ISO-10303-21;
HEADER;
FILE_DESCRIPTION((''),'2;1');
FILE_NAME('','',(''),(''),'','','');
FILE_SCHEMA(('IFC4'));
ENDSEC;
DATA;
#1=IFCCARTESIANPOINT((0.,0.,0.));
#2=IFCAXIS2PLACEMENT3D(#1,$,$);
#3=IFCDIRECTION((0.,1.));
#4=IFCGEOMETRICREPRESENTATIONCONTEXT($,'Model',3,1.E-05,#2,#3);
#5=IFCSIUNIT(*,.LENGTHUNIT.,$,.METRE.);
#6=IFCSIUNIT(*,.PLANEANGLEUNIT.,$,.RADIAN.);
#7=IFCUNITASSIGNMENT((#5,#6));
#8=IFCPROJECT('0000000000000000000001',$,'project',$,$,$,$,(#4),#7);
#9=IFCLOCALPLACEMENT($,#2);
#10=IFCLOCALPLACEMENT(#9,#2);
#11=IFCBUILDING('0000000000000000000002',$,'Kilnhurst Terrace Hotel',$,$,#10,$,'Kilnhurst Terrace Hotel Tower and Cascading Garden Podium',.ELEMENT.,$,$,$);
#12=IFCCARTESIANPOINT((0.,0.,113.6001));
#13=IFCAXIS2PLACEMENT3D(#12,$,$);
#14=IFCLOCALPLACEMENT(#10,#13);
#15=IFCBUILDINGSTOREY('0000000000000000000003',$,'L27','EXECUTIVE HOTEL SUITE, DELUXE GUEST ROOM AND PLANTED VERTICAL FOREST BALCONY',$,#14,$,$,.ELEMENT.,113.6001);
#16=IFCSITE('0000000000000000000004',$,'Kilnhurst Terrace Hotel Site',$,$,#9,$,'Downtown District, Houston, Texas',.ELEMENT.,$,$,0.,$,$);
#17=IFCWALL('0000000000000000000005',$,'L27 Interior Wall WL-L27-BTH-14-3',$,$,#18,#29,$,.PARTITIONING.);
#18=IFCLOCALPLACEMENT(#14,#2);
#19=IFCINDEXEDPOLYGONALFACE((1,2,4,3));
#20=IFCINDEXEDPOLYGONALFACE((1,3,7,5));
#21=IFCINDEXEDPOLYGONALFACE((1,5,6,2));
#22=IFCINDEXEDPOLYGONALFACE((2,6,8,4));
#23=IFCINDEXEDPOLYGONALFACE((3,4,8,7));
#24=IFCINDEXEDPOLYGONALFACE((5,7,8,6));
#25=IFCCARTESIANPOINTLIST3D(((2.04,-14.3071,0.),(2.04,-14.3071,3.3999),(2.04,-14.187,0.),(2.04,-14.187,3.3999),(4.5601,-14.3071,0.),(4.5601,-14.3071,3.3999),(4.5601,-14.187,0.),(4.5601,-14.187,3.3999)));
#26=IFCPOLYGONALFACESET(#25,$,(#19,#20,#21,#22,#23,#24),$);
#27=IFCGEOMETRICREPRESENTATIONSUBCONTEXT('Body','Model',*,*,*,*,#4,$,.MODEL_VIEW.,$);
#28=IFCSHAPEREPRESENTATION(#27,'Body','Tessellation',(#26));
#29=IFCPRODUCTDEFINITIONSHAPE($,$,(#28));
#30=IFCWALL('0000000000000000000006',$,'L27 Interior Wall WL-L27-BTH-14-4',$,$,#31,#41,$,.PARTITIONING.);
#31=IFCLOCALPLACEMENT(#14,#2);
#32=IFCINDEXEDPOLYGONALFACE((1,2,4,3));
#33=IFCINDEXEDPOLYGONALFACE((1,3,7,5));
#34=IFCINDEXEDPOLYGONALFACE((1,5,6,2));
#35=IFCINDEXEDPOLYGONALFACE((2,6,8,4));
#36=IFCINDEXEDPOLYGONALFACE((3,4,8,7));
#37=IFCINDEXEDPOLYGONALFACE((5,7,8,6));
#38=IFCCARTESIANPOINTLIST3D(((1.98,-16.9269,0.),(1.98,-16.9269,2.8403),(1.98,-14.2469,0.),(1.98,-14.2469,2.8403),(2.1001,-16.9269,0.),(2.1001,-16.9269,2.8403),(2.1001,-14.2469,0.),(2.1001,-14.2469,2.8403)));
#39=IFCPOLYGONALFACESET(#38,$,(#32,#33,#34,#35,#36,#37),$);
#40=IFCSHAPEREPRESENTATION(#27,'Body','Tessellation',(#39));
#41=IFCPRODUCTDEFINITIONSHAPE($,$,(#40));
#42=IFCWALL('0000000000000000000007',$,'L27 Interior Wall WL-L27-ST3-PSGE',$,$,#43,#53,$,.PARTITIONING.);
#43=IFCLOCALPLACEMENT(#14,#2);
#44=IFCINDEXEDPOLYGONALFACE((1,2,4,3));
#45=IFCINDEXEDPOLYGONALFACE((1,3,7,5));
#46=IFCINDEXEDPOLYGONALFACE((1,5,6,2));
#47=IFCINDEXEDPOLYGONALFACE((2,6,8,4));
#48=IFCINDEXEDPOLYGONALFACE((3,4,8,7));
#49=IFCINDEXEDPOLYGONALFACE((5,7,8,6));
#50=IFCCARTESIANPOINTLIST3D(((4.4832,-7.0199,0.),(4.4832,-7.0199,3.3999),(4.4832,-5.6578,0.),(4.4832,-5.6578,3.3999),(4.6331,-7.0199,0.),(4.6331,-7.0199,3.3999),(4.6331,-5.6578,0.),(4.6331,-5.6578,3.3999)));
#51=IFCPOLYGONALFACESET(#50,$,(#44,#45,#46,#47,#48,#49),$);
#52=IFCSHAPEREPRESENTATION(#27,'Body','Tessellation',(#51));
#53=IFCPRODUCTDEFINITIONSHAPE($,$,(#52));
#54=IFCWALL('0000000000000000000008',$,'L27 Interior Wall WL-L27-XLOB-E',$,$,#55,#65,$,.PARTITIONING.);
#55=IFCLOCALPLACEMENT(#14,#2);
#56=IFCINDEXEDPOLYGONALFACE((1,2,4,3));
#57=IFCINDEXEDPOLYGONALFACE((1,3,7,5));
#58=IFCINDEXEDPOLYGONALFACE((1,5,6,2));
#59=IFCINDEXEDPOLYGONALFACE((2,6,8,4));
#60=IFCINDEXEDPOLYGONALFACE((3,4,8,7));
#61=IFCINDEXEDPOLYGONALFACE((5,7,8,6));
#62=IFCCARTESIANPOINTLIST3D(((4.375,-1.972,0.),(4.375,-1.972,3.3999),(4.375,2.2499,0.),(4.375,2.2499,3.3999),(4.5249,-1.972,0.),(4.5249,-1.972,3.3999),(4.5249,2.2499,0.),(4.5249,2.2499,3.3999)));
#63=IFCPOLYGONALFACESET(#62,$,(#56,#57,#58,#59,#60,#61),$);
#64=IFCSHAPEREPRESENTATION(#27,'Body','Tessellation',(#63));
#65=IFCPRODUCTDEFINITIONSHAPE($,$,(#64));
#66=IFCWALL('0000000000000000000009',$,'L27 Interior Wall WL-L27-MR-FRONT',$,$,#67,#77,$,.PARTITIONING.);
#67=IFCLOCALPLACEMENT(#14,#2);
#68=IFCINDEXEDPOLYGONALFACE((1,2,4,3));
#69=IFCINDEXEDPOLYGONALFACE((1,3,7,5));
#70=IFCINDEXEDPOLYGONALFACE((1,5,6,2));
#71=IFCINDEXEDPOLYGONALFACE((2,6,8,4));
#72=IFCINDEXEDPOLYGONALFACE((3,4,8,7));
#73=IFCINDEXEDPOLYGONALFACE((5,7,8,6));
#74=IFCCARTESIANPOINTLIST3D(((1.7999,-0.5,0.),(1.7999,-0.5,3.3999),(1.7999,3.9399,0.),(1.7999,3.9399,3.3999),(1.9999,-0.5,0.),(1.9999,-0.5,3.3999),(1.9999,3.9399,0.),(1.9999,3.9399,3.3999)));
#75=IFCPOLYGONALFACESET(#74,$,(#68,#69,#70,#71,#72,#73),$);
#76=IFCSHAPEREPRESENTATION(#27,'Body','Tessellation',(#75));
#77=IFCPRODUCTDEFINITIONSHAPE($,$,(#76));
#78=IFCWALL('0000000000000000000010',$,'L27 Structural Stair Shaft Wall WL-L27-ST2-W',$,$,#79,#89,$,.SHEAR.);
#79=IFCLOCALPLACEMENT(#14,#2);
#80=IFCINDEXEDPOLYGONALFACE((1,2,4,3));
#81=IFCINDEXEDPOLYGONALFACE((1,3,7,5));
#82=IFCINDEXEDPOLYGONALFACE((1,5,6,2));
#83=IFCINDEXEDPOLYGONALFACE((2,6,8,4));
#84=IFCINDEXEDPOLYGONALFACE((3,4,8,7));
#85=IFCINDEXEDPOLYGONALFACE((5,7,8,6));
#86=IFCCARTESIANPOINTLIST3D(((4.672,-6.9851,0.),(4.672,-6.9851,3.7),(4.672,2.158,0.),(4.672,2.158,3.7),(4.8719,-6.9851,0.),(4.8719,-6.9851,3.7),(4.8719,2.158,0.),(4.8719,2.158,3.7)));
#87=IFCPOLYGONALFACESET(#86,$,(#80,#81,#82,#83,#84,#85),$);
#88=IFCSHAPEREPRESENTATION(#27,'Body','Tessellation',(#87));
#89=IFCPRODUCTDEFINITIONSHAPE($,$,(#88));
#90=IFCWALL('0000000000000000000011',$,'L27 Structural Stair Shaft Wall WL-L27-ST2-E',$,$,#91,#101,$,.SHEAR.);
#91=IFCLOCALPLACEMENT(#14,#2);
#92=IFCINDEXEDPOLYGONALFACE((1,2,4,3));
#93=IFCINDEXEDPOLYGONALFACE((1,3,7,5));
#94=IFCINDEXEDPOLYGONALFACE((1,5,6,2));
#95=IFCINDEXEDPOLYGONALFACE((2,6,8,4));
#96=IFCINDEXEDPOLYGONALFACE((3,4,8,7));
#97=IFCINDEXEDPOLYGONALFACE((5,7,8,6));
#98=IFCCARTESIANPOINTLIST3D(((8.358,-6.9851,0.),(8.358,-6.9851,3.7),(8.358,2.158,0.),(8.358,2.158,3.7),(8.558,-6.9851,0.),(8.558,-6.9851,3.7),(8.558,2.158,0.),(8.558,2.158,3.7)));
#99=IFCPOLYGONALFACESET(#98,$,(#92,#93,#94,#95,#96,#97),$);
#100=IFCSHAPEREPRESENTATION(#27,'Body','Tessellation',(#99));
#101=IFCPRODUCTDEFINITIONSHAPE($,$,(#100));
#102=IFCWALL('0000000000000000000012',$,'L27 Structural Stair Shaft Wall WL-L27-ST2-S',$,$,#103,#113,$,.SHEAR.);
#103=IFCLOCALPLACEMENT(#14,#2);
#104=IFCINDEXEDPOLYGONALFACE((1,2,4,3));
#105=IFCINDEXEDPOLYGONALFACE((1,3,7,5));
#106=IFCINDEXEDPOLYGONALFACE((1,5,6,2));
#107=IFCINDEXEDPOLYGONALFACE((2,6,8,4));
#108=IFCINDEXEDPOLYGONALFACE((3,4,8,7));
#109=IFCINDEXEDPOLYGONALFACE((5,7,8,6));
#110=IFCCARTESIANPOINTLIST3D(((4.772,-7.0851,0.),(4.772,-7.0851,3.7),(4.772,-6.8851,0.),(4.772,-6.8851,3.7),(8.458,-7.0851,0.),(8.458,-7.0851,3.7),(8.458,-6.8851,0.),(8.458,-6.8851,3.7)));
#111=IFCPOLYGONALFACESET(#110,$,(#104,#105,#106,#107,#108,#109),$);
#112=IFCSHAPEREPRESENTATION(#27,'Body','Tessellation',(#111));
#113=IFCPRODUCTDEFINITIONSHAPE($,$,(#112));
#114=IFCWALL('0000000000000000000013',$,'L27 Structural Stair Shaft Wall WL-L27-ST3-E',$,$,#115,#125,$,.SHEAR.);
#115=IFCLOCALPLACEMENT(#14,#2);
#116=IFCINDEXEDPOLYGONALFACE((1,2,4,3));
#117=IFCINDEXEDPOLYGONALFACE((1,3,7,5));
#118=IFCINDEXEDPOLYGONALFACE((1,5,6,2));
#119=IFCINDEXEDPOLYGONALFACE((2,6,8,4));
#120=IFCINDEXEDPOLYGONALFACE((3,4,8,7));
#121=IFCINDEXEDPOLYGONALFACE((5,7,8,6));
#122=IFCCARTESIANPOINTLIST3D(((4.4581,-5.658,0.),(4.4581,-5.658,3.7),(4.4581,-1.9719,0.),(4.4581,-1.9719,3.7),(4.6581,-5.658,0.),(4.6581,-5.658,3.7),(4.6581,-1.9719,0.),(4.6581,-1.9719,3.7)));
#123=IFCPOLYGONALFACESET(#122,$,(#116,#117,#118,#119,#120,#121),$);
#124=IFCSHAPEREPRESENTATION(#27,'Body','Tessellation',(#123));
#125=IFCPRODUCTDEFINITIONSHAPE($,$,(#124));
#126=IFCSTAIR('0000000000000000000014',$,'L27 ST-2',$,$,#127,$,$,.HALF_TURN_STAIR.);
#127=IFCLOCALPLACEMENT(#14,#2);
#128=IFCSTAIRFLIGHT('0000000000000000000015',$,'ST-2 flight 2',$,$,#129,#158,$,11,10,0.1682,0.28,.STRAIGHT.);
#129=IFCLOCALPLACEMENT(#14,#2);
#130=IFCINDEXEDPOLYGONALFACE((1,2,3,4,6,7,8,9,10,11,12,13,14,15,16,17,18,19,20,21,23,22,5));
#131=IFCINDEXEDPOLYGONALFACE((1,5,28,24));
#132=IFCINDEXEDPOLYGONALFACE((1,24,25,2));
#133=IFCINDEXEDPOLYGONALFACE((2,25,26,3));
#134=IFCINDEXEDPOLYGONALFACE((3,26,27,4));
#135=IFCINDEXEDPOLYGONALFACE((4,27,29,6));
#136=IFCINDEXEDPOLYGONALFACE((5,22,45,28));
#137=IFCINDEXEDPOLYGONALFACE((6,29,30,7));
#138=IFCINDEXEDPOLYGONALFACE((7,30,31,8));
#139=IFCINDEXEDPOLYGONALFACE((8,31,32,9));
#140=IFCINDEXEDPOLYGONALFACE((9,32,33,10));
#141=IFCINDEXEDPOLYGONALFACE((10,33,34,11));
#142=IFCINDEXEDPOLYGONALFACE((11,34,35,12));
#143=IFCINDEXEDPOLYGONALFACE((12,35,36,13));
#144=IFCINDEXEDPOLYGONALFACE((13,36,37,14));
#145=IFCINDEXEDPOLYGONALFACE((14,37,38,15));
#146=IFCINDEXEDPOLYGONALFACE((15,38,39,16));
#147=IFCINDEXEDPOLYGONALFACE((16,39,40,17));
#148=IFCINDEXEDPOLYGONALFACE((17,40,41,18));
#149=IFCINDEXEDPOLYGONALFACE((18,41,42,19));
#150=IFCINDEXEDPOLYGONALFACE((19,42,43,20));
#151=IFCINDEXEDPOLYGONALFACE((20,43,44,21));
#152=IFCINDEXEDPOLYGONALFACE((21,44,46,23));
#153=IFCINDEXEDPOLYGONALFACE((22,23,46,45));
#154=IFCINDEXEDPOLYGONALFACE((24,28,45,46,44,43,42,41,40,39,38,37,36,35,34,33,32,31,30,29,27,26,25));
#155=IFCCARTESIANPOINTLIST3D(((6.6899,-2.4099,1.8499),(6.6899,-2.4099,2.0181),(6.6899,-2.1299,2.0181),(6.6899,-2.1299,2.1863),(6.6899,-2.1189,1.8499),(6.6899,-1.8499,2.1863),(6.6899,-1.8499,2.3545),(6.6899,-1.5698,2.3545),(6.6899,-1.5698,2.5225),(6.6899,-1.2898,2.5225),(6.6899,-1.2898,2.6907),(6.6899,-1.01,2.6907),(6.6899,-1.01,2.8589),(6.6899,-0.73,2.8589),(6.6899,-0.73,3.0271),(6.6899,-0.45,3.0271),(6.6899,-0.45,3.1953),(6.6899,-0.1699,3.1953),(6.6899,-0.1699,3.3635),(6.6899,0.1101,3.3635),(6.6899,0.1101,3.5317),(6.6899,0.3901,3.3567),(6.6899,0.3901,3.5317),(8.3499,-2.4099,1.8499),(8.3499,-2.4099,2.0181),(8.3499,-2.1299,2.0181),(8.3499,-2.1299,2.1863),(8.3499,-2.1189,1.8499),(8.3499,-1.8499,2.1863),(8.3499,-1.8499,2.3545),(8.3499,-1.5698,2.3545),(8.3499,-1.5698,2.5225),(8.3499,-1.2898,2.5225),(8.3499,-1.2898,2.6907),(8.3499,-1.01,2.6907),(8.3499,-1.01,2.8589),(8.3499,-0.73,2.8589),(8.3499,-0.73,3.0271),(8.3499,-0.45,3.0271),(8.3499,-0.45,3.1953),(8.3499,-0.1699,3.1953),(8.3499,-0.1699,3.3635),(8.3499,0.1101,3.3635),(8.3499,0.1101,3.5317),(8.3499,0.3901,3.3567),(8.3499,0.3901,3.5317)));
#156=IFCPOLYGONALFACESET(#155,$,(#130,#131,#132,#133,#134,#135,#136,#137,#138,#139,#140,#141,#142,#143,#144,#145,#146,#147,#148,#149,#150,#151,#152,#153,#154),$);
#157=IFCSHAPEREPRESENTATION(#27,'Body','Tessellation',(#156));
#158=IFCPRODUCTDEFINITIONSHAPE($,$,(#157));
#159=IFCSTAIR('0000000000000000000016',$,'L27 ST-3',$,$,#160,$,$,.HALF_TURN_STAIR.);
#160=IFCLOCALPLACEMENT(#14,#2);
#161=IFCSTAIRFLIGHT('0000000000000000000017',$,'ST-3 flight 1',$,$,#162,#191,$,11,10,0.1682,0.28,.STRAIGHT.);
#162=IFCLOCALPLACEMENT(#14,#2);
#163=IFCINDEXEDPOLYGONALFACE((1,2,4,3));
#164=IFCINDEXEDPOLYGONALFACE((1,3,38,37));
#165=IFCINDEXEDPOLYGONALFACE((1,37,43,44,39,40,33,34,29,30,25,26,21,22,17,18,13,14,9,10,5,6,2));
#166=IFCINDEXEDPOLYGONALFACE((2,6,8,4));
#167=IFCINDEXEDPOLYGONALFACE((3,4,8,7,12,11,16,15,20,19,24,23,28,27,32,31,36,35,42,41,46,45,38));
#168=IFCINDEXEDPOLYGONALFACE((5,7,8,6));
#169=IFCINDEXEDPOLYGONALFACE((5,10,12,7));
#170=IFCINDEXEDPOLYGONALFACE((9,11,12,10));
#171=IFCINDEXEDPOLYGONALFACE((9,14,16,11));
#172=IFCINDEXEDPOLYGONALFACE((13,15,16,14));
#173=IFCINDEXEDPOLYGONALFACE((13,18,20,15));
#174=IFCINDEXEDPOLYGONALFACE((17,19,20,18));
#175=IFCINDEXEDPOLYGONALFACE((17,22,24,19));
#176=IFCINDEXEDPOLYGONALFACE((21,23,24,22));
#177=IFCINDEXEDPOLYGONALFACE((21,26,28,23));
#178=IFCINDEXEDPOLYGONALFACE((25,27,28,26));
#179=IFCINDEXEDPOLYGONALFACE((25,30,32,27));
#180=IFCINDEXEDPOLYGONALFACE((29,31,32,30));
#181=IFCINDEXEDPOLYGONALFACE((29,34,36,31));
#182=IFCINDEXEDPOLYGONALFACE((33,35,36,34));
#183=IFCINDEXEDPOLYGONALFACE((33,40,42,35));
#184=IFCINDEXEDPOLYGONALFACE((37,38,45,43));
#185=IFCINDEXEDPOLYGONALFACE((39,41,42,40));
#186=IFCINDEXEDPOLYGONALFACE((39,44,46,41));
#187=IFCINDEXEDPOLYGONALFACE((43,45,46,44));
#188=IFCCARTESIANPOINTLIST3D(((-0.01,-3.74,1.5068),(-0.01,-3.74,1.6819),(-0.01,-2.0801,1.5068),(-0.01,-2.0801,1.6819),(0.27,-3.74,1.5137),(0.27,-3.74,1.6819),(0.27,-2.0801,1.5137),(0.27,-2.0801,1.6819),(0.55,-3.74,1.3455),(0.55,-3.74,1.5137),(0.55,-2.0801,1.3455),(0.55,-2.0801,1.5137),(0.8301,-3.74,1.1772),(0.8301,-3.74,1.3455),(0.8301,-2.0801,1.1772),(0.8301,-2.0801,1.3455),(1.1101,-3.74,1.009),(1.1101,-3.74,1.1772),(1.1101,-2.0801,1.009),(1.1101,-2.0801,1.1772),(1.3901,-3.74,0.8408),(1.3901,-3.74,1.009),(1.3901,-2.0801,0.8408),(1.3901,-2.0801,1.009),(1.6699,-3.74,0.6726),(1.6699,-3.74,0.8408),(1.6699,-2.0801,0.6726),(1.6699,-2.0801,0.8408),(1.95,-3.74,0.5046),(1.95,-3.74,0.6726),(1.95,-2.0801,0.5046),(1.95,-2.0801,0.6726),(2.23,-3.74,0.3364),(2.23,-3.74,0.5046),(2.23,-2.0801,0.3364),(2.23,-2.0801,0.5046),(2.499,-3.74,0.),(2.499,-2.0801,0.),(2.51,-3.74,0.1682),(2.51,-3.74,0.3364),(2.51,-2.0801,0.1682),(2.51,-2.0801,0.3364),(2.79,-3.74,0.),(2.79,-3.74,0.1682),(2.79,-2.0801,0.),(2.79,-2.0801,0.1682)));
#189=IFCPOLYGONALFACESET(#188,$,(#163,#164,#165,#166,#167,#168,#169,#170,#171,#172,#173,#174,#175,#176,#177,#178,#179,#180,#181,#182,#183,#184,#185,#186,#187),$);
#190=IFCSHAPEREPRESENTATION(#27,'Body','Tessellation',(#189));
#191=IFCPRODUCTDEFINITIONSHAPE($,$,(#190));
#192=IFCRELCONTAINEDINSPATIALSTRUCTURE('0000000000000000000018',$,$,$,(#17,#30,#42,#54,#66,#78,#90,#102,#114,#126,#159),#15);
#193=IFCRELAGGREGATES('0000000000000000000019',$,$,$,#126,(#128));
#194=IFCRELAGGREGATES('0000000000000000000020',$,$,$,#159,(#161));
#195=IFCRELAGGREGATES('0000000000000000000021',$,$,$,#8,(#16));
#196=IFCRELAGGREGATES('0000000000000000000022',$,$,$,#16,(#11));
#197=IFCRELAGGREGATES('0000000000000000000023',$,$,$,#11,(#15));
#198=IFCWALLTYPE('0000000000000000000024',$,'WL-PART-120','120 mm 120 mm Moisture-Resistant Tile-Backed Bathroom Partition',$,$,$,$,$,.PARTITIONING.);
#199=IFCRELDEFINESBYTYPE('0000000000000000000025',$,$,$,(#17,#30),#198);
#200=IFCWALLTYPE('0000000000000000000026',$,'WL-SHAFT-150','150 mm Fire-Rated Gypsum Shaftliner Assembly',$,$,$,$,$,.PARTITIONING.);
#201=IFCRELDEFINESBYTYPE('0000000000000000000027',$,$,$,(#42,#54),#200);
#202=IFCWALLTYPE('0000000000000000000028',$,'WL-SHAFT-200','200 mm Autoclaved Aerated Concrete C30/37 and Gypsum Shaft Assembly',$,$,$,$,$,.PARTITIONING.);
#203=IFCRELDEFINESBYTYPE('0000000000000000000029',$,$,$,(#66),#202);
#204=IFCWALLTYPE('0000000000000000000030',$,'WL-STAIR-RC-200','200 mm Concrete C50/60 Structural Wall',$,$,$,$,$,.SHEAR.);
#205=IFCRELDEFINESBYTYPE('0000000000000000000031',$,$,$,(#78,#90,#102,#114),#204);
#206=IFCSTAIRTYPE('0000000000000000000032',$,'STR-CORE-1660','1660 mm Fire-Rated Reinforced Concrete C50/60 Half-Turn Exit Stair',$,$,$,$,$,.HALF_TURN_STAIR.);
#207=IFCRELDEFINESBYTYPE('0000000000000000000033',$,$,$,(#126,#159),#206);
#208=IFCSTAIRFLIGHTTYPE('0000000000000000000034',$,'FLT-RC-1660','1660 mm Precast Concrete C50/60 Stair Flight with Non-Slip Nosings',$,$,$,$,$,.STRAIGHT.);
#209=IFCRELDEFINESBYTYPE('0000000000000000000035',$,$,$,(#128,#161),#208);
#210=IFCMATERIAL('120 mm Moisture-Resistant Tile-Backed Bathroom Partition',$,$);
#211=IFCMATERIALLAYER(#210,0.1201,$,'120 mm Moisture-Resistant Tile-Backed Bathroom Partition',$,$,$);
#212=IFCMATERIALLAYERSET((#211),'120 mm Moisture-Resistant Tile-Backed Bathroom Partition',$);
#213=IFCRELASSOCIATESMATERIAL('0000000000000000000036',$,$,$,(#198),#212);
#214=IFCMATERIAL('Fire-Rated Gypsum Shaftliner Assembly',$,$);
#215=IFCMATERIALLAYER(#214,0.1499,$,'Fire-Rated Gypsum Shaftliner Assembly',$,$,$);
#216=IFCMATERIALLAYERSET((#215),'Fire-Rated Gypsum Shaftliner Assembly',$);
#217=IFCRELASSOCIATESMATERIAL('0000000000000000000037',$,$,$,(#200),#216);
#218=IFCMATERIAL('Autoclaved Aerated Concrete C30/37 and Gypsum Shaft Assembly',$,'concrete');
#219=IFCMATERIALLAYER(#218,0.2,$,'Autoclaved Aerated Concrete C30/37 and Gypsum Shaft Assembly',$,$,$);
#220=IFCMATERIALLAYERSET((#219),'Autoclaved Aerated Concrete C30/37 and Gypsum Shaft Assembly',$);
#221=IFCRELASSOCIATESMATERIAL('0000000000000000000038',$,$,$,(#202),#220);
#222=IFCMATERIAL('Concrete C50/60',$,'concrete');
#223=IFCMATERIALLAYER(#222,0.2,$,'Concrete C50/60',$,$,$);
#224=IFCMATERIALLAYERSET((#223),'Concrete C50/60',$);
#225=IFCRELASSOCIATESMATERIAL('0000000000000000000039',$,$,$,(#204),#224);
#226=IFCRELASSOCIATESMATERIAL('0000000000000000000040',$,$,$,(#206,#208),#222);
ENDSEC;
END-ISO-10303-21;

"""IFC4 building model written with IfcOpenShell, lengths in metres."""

from ifc_helpers import new_model, si_unit, direction, frame, frame_2d, origin, place, context, subcontext, project, spatial, polyline, rectangle, outline, extrude, material, layer, layer_set, type_object, element, aggregate, save


model = new_model("IFC4")

# Units and contexts
model_context = context("Model", 3, precision=1e-05, world=origin(), true_north=direction((0.0, 1.0)))
body_context = subcontext(model_context, "Body", "Model", "MODEL_VIEW")
ifc_project = project(units=[si_unit("LENGTHUNIT", "METRE"), si_unit("PLANEANGLEUNIT", "RADIAN")], contexts=[model_context])

# Site, building, storey
site_placement = place(None, origin())
site = spatial("IfcSite", under=ifc_project, at=site_placement, Name="Kilnhurst Terrace Hotel Site", LongName="Downtown District, Houston, Texas", CompositionType="ELEMENT", RefElevation=0.0)
building_placement = place(site_placement, origin())
building = spatial("IfcBuilding", under=site, at=building_placement, Name="Kilnhurst Terrace Hotel", LongName="Kilnhurst Terrace Hotel Tower and Cascading Garden Podium", CompositionType="ELEMENT")
storey_placement = place(building_placement, frame((0.0, 0.0, 113.6001)))
storey = spatial("IfcBuildingStorey", under=building, at=storey_placement, Name="L27", Description="EXECUTIVE HOTEL SUITE, DELUXE GUEST ROOM AND PLANTED VERTICAL FOREST BALCONY", CompositionType="ELEMENT", Elevation=113.6001)

# Shared definitions
ifc_material_1 = material(Name="Concrete C50/60", Category="concrete")

# Shared definitions
ifc_material_2 = material(Name="120 mm Moisture-Resistant Tile-Backed Bathroom Partition")
ifc_layer_1 = layer(ifc_material_2, 0.1201, Name="120 mm Moisture-Resistant Tile-Backed Bathroom Partition")
ifc_layer_set_1 = layer_set([ifc_layer_1], Name="120 mm Moisture-Resistant Tile-Backed Bathroom Partition")
wall_type_1 = type_object("IfcWallType", Name="WL-PART-120", Description="120 mm 120 mm Moisture-Resistant Tile-Backed Bathroom Partition", PredefinedType="PARTITIONING", material=ifc_layer_set_1)

# Walls
wall_1_placement = place(storey_placement, frame((4.5601, -14.2471, 0.0), z_axis=(0.0, 0.0, 1.0), x_axis=(-1.0, 0.0, 0.0)))
element("IfcWall", 1, at=wall_1_placement, inside=storey, type_object=wall_type_1, Name="L27 Interior Wall WL-L27-BTH-14-3", PredefinedType="PARTITIONING", context=body_context, shape_type="SweptSolid", body=[
    extrude(rectangle(XDim=2.52, YDim=0.1201, at=frame_2d((1.26, 0.0))), origin(), (0.0, 0.0, 1.0), 3.3999),
])
wall_2_placement = place(storey_placement, frame((2.04, -14.2471, 0.0), z_axis=(0.0, 0.0, 1.0), x_axis=(0.0, -1.0, 0.0)))
element("IfcWall", 2, at=wall_2_placement, inside=storey, type_object=wall_type_1, Name="L27 Interior Wall WL-L27-BTH-14-4", PredefinedType="PARTITIONING", context=body_context, shape_type="SweptSolid", body=[
    extrude(rectangle(XDim=2.6799, YDim=0.1201, at=frame_2d((1.3398, 0.0))), origin(), (0.0, 0.0, 1.0), 2.8403),
])
ifc_material_3 = material(Name="Fire-Rated Gypsum Shaftliner Assembly")
ifc_layer_2 = layer(ifc_material_3, 0.1499, Name="Fire-Rated Gypsum Shaftliner Assembly")
ifc_layer_set_2 = layer_set([ifc_layer_2], Name="Fire-Rated Gypsum Shaftliner Assembly")
wall_type_2 = type_object("IfcWallType", Name="WL-SHAFT-150", Description="150 mm Fire-Rated Gypsum Shaftliner Assembly", PredefinedType="PARTITIONING", material=ifc_layer_set_2)
wall_3_placement = place(storey_placement, frame((4.5581, -7.02, 0.0), z_axis=(0.0, 0.0, 1.0), x_axis=(0.0, 1.0, 0.0)))
element("IfcWall", 3, at=wall_3_placement, inside=storey, type_object=wall_type_2, Name="L27 Interior Wall WL-L27-ST3-PSGE", PredefinedType="PARTITIONING", context=body_context, shape_type="SweptSolid", body=[
    extrude(rectangle(XDim=1.3621, YDim=0.1499, at=frame_2d((0.6812, 0.0))), origin(), (0.0, 0.0, 1.0), 3.3999),
])
wall_4_placement = place(storey_placement, frame((4.45, -1.9719, 0.0), z_axis=(0.0, 0.0, 1.0), x_axis=(0.0, 1.0, 0.0)))
element("IfcWall", 4, at=wall_4_placement, inside=storey, type_object=wall_type_2, Name="L27 Interior Wall WL-L27-XLOB-E", PredefinedType="PARTITIONING", context=body_context, shape_type="SweptSolid", body=[
    extrude(rectangle(XDim=4.2219, YDim=0.1499, at=frame_2d((2.1108, 0.0))), origin(), (0.0, 0.0, 1.0), 3.3999),
])
ifc_material_4 = material(Name="Autoclaved Aerated Concrete C30/37 and Gypsum Shaft Assembly", Category="concrete")
ifc_layer_3 = layer(ifc_material_4, 0.2, Name="Autoclaved Aerated Concrete C30/37 and Gypsum Shaft Assembly")
ifc_layer_set_3 = layer_set([ifc_layer_3], Name="Autoclaved Aerated Concrete C30/37 and Gypsum Shaft Assembly")
wall_type_3 = type_object("IfcWallType", Name="WL-SHAFT-200", Description="200 mm Autoclaved Aerated Concrete C30/37 and Gypsum Shaft Assembly", PredefinedType="PARTITIONING", material=ifc_layer_set_3)
wall_5_placement = place(storey_placement, frame((1.8999, -0.5, 0.0), z_axis=(0.0, 0.0, 1.0), x_axis=(0.0, 1.0, 0.0)))
element("IfcWall", 5, at=wall_5_placement, inside=storey, type_object=wall_type_3, Name="L27 Interior Wall WL-L27-MR-FRONT", PredefinedType="PARTITIONING", context=body_context, shape_type="SweptSolid", body=[
    extrude(rectangle(XDim=4.4399, YDim=0.2, at=frame_2d((2.22, 0.0))), origin(), (0.0, 0.0, 1.0), 3.3999),
])
ifc_layer_4 = layer(ifc_material_1, 0.2, Name="Concrete C50/60")
ifc_layer_set_4 = layer_set([ifc_layer_4], Name="Concrete C50/60")
wall_type_4 = type_object("IfcWallType", Name="WL-STAIR-RC-200", Description="200 mm Concrete C50/60 Structural Wall", PredefinedType="SHEAR", material=ifc_layer_set_4)
for number, where, z_axis, x_axis, name in (
    (6, (4.772, -6.9851, 0.0), (0.0, 0.0, 1.0), (0.0, 1.0, 0.0), "L27 Structural Stair Shaft Wall WL-L27-ST2-W"),
    (7, (8.458, -6.9851, 0.0), (0.0, 0.0, 1.0), (0.0, 1.0, 0.0), "L27 Structural Stair Shaft Wall WL-L27-ST2-E"),
):
    element("IfcWall", number, at=place(storey_placement, frame(where, z_axis=z_axis, x_axis=x_axis)), inside=storey, type_object=wall_type_4, Name=name, PredefinedType="SHEAR", context=body_context, shape_type="SweptSolid", body=[
        extrude(rectangle(XDim=9.1431, YDim=0.2, at=frame_2d((4.5715, 0.0))), origin(), (0.0, 0.0, 1.0), 3.7),
    ])
for number, where, z_axis, x_axis, name in (
    (8, (4.772, -6.9851, 0.0), (0.0, 0.0, 1.0), (1.0, 0.0, 0.0), "L27 Structural Stair Shaft Wall WL-L27-ST2-S"),
    (9, (4.5581, -5.658, 0.0), (0.0, 0.0, 1.0), (0.0, 1.0, 0.0), "L27 Structural Stair Shaft Wall WL-L27-ST3-E"),
):
    element("IfcWall", number, at=place(storey_placement, frame(where, z_axis=z_axis, x_axis=x_axis)), inside=storey, type_object=wall_type_4, Name=name, PredefinedType="SHEAR", context=body_context, shape_type="SweptSolid", body=[
        extrude(rectangle(XDim=3.686, YDim=0.2, at=frame_2d((1.843, 0.0))), origin(), (0.0, 0.0, 1.0), 3.7),
    ])

# Stairs, stair flights
stair_type = type_object("IfcStairType", Name="STR-CORE-1660", Description="1660 mm Fire-Rated Reinforced Concrete C50/60 Half-Turn Exit Stair", PredefinedType="HALF_TURN_STAIR", material=ifc_material_1)
stair_1_placement = place(storey_placement, origin())
stair_1 = element("IfcStair", 10, at=stair_1_placement, inside=storey, type_object=stair_type, Name="L27 ST-2", PredefinedType="HALF_TURN_STAIR")
stair_flight_type = type_object("IfcStairFlightType", Name="FLT-RC-1660", Description="1660 mm Precast Concrete C50/60 Stair Flight with Non-Slip Nosings", PredefinedType="STRAIGHT", material=ifc_material_1)
stair_flight_1_placement = place(storey_placement, frame((7.52, -2.4099, 1.8499), z_axis=(0.0, 0.0, 1.0), x_axis=(0.0, 1.0, 0.0)))
stair_flight_1 = element("IfcStairFlight", 11, at=stair_flight_1_placement, type_object=stair_flight_type, Name="ST-2 flight 2", NumberOfRisers=11, NumberOfTreads=10, PredefinedType="STRAIGHT", RiserHeight=0.1682, TreadLength=0.28, context=body_context, shape_type="SweptSolid", body=[
    extrude(outline(polyline([(0.0, 0.0), (0.0, 0.1682), (0.28, 0.1682), (0.28, 0.3364), (0.5601, 0.3364), (0.5601, 0.5046), (0.8401, 0.5046), (0.8401, 0.6726), (1.1201, 0.6726), (1.1201, 0.8408), (1.3999, 0.8408), (1.3999, 1.009), (1.6799, 1.009), (1.6799, 1.1772), (1.96, 1.1772), (1.96, 1.3455), (2.24, 1.3455), (2.24, 1.5137), (2.52, 1.5137), (2.52, 1.6819), (2.8, 1.6819), (2.8, 1.8501), (2.8, 1.5068), (0.291, 0.0), (0.0, 0.0)])), frame((0.0, 0.8301, 0.0), z_axis=(0.0, -1.0, 0.0), x_axis=(1.0, 0.0, 0.0)), (0.0, 0.0, 1.0), 1.6599),
])
aggregate(stair_1, [stair_flight_1])
stair_2_placement = place(storey_placement, origin())
stair_2 = element("IfcStair", 12, at=stair_2_placement, inside=storey, type_object=stair_type, Name="L27 ST-3", PredefinedType="HALF_TURN_STAIR")
stair_flight_2_placement = place(storey_placement, frame((2.79, -2.9099, 0.0), z_axis=(0.0, 0.0, 1.0), x_axis=(-1.0, 0.0, 0.0)))
stair_flight_2 = element("IfcStairFlight", 13, at=stair_flight_2_placement, type_object=stair_flight_type, Name="ST-3 flight 1", NumberOfRisers=11, NumberOfTreads=10, PredefinedType="STRAIGHT", RiserHeight=0.1682, TreadLength=0.28, context=body_context, shape_type="SweptSolid", body=[
    extrude(outline(polyline([(0.0, 0.0), (0.0, 0.1682), (0.28, 0.1682), (0.28, 0.3364), (0.5601, 0.3364), (0.5601, 0.5046), (0.8401, 0.5046), (0.8401, 0.6726), (1.1201, 0.6726), (1.1201, 0.8408), (1.3999, 0.8408), (1.3999, 1.009), (1.6799, 1.009), (1.6799, 1.1772), (1.96, 1.1772), (1.96, 1.3455), (2.24, 1.3455), (2.24, 1.5137), (2.52, 1.5137), (2.52, 1.6819), (2.8, 1.6819), (2.8, 1.8501), (2.8, 1.5068), (0.291, 0.0), (0.0, 0.0)])), frame((0.0, 0.8301, 0.0), z_axis=(0.0, -1.0, 0.0), x_axis=(1.0, 0.0, 0.0)), (0.0, 0.0, 1.0), 1.6599),
])
aggregate(stair_2, [stair_flight_2])

save(model, "model.ifc")
